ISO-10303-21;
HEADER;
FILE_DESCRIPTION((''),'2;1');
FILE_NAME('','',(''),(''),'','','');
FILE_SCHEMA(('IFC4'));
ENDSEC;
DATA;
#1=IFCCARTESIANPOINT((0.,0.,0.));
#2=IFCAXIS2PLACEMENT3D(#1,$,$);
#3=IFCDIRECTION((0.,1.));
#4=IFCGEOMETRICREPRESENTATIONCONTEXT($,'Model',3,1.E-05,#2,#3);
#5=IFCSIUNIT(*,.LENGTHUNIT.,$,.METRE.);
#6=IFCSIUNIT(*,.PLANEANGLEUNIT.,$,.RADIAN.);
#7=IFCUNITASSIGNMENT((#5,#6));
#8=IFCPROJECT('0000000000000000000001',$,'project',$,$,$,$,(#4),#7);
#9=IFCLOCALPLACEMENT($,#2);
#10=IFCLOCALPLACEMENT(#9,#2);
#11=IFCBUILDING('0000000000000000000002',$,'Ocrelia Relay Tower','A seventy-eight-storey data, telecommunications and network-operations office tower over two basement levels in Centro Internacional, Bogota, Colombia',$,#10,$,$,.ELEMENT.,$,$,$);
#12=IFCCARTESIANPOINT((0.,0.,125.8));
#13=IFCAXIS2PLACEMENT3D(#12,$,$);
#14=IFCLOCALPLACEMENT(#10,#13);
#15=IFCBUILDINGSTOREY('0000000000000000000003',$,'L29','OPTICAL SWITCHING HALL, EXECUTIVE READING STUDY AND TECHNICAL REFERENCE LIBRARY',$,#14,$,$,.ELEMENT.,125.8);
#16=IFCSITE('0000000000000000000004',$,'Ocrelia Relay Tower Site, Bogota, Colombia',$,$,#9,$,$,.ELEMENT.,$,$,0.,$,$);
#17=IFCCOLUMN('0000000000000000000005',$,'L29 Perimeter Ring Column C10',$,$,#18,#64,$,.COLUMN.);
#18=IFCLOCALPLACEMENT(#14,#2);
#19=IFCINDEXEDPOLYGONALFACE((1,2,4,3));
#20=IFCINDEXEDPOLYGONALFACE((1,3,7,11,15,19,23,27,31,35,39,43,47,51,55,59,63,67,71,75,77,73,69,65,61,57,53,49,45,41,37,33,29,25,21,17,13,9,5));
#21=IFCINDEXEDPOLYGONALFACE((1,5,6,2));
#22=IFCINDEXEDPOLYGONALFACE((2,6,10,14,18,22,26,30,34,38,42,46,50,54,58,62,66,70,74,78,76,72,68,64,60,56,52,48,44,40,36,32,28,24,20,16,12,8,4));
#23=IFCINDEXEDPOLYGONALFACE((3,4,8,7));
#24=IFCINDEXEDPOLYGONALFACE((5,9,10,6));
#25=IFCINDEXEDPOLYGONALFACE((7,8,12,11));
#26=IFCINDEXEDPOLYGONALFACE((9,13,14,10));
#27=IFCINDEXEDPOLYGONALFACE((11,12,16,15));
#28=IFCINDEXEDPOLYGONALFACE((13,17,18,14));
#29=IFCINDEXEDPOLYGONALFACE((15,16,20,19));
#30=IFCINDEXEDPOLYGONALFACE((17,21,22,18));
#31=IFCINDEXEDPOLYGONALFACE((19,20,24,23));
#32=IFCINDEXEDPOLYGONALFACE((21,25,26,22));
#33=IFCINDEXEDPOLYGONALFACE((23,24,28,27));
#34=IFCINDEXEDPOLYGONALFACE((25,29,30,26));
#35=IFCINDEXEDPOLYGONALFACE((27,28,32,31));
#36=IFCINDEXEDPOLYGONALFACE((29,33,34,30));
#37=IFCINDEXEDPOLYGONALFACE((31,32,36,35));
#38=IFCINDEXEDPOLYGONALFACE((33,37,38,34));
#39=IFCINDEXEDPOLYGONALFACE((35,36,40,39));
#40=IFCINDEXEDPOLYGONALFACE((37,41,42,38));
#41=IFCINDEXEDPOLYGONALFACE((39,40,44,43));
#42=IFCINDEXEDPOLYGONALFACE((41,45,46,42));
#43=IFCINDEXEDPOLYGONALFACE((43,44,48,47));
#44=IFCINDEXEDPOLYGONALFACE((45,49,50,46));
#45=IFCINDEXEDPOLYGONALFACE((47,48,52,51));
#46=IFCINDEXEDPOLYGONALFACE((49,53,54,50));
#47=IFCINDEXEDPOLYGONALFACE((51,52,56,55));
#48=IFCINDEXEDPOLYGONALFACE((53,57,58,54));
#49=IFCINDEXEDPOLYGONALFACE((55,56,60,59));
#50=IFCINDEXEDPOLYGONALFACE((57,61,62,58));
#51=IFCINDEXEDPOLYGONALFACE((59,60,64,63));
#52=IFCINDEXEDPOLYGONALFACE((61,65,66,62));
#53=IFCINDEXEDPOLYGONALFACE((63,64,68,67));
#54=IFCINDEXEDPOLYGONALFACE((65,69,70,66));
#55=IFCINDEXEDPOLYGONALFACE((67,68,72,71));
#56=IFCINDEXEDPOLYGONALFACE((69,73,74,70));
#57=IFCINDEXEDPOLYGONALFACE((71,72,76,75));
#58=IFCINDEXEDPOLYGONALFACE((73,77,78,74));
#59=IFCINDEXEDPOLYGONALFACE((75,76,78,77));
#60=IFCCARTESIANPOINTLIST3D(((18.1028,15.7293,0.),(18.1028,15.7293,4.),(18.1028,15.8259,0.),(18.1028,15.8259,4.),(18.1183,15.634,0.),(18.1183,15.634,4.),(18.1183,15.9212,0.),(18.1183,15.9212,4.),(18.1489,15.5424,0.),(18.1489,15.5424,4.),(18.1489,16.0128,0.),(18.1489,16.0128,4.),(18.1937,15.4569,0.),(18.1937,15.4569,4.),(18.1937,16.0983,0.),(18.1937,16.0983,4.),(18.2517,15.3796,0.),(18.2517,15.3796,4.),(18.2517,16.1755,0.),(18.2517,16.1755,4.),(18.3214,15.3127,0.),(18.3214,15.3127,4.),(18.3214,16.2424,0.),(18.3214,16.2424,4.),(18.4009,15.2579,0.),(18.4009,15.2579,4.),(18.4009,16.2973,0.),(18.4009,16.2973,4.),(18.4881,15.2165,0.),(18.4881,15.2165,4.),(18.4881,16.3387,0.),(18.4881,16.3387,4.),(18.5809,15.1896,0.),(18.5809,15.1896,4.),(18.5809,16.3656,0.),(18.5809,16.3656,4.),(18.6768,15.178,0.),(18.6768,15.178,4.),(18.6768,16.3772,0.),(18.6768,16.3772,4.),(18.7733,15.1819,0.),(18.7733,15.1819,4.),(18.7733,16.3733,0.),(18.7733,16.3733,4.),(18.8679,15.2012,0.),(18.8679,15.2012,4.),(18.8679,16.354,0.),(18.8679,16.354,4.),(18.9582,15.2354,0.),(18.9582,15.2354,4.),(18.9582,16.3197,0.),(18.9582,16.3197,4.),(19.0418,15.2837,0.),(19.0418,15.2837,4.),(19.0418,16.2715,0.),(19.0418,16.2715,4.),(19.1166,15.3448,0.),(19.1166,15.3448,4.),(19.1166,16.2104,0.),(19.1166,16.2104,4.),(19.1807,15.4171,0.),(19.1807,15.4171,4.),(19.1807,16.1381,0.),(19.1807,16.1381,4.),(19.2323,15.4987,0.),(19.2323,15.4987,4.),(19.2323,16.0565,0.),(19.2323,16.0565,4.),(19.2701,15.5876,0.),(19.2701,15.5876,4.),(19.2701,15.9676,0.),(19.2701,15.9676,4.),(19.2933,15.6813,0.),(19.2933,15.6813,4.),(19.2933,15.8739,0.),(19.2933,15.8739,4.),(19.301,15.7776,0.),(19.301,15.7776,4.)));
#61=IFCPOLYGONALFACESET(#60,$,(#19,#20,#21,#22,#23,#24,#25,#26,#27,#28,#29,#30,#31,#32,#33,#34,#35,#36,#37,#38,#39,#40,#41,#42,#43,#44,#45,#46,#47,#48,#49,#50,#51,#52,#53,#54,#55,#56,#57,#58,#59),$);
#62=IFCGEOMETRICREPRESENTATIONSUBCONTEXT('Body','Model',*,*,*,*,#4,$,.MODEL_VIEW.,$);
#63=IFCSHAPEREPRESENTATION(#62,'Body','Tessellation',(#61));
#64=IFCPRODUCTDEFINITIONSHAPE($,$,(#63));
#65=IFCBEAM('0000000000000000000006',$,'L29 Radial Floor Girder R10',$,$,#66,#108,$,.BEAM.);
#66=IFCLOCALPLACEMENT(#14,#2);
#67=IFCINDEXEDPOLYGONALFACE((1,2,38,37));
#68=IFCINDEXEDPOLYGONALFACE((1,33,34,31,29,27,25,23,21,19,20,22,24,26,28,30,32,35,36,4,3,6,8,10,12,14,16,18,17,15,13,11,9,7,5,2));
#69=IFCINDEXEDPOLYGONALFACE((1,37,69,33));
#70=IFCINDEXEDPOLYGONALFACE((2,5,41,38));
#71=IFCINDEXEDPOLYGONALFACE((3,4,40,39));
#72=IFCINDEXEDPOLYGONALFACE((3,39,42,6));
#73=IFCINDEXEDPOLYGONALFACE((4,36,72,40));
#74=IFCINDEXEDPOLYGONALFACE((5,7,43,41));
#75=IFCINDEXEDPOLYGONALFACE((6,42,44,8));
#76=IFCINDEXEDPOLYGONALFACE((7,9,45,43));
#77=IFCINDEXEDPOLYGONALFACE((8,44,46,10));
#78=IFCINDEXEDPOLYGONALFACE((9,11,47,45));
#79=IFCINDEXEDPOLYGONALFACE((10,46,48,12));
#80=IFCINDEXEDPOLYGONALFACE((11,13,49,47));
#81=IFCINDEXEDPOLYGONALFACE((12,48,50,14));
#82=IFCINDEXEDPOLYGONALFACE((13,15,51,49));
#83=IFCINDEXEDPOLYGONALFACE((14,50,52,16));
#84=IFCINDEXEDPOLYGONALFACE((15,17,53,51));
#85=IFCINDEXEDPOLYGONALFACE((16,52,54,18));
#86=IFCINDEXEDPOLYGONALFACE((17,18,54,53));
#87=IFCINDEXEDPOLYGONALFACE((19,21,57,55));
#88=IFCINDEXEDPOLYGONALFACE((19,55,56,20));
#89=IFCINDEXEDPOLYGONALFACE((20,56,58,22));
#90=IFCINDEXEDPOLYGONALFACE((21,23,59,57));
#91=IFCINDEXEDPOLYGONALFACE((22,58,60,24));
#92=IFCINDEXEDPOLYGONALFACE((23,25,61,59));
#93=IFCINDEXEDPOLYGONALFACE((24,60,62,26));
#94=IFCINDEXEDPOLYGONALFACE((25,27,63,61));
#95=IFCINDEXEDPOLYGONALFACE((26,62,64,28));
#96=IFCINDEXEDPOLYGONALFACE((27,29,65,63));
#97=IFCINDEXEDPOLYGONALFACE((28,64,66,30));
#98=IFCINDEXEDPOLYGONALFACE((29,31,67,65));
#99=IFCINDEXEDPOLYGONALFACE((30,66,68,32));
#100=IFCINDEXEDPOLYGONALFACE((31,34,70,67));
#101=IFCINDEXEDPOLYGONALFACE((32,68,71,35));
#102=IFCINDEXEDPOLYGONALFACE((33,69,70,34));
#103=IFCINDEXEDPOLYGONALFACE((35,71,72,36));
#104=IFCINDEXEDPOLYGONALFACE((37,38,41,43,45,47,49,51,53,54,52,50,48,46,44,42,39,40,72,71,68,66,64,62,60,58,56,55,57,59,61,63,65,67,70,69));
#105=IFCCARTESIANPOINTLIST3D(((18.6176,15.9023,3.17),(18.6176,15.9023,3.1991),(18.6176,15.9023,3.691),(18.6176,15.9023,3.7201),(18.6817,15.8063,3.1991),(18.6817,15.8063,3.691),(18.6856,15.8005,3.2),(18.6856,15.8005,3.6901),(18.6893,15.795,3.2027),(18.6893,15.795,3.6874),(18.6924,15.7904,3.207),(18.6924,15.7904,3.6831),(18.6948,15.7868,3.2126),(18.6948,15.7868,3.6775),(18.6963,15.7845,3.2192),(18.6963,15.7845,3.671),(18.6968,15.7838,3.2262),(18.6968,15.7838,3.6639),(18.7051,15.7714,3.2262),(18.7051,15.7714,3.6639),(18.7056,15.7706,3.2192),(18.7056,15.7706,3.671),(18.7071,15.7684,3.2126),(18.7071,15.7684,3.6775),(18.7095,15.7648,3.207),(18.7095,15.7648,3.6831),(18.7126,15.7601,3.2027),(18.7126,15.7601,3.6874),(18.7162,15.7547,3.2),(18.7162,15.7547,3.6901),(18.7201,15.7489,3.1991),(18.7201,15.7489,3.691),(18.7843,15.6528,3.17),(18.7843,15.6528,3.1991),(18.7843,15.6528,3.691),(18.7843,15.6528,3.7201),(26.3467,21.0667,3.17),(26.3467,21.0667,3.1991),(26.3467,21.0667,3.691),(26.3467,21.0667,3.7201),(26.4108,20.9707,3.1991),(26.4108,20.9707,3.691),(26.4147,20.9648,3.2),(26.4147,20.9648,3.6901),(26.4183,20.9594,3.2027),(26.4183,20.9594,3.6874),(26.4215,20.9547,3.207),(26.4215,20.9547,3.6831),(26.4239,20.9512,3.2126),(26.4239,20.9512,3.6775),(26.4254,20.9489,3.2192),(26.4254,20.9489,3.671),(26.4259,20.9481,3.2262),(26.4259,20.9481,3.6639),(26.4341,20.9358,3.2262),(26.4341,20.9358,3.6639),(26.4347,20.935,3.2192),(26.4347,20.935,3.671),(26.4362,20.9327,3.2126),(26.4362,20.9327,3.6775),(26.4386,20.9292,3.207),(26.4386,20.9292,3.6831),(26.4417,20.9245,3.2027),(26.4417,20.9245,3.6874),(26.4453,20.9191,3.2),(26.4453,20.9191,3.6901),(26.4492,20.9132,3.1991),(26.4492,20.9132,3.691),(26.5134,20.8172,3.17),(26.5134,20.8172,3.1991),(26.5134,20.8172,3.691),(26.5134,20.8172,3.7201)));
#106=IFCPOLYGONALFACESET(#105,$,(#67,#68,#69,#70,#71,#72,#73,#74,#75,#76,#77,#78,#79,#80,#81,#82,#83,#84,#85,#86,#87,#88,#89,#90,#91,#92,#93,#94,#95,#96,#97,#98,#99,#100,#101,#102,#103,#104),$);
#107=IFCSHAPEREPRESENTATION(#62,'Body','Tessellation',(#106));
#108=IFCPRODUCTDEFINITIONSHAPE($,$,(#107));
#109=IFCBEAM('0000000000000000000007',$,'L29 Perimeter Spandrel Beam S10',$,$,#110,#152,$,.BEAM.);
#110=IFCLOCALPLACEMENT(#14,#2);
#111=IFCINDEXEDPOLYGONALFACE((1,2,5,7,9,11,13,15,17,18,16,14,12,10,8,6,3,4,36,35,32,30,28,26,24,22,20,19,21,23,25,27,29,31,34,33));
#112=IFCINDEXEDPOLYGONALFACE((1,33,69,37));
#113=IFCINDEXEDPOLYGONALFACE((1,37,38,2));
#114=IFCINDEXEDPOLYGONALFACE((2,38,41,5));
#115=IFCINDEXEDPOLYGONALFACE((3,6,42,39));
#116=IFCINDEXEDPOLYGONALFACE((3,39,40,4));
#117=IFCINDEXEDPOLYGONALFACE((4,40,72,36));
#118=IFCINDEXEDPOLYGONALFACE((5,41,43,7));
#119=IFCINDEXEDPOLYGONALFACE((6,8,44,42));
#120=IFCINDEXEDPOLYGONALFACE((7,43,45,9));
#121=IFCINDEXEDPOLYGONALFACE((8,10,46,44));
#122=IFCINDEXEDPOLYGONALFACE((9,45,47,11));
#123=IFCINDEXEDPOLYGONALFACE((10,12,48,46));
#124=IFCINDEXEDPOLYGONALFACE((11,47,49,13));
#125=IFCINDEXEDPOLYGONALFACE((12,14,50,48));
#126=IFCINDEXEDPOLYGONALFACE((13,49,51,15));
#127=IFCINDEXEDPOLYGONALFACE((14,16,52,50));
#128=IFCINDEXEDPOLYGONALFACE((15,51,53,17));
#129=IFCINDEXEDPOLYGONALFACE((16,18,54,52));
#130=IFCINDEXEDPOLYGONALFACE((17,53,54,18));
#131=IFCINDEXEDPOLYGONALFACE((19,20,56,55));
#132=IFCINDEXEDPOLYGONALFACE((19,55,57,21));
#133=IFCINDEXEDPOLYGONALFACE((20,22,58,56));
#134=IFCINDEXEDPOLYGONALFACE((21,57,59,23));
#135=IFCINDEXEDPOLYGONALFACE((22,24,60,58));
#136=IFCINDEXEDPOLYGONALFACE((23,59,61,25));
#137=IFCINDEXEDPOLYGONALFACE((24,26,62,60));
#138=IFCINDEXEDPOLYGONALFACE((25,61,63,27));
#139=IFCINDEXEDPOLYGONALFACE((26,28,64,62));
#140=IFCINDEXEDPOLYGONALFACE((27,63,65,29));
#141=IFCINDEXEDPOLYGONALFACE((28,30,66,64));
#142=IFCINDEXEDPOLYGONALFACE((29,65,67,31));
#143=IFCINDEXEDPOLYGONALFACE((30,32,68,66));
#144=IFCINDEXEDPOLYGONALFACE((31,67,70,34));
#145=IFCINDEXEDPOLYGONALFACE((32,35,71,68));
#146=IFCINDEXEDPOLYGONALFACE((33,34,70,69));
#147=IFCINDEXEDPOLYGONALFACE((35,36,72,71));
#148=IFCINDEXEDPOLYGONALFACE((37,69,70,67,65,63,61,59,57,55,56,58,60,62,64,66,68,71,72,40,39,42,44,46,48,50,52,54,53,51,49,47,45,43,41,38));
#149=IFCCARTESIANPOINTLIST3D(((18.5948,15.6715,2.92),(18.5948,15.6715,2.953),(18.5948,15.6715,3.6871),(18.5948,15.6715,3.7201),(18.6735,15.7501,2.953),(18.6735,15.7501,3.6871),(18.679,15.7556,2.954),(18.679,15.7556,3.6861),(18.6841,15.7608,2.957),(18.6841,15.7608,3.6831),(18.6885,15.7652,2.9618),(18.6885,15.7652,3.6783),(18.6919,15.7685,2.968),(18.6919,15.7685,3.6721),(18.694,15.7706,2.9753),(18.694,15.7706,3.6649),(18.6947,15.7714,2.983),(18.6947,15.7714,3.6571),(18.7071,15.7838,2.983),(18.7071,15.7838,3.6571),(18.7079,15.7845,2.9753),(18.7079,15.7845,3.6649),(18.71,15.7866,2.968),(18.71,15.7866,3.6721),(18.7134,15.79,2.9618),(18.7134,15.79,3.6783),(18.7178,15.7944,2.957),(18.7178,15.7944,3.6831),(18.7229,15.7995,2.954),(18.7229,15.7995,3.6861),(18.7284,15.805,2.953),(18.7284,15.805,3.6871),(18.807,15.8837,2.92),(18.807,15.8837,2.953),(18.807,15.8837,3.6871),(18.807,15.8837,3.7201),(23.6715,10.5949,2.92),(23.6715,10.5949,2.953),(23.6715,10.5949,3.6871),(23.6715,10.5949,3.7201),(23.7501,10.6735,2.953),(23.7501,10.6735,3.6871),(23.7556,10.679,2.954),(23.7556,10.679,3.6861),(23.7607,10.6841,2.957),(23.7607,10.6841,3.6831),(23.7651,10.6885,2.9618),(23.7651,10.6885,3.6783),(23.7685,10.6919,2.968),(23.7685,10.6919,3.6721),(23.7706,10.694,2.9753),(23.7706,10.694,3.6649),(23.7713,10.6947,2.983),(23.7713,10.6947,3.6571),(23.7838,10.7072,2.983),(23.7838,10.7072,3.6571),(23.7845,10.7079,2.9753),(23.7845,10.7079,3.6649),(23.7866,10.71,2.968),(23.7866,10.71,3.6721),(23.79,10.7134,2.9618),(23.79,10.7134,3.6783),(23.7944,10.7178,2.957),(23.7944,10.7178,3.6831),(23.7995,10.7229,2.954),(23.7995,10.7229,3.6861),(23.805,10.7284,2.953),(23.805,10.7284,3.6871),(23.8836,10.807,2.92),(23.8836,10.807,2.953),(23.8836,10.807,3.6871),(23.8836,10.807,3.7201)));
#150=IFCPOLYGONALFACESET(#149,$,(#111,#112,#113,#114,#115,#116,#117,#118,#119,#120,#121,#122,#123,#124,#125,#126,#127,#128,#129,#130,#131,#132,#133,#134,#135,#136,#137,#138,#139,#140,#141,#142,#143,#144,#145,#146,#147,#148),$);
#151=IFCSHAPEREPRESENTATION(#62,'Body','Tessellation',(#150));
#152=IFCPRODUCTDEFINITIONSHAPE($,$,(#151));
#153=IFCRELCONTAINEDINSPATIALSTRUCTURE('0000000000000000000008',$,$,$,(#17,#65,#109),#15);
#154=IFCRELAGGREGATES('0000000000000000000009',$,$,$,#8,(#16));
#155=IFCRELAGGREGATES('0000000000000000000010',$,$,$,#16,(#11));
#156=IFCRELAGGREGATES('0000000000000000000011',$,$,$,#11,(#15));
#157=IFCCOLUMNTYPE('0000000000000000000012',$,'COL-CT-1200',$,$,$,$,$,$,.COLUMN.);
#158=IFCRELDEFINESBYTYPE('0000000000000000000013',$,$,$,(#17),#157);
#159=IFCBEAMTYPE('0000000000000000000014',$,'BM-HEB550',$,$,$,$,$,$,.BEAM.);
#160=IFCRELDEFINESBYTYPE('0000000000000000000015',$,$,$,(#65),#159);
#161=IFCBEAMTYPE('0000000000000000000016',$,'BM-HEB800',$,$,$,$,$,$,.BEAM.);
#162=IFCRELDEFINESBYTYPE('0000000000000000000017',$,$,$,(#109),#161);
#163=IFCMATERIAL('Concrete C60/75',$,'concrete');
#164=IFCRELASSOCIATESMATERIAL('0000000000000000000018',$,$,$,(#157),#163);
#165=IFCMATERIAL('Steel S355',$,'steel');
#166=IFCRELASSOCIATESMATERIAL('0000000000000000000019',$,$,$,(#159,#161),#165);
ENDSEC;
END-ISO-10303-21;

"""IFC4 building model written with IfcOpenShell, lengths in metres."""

from ifc_helpers import new_model, si_unit, direction, frame, origin, origin_2d, place, context, subcontext, project, spatial, circle, i_section, extrude, material, material_profile, profile_set, type_object, element, save


model = new_model("IFC4")

# Units and contexts
model_context = context("Model", 3, precision=1e-05, world=origin(), true_north=direction((0.0, 1.0)))
body_context = subcontext(model_context, "Body", "Model", "MODEL_VIEW")
ifc_project = project(units=[si_unit("LENGTHUNIT", "METRE"), si_unit("PLANEANGLEUNIT", "RADIAN")], contexts=[model_context])

# Site, building, storey
site_placement = place(None, origin())
site = spatial("IfcSite", under=ifc_project, at=site_placement, Name="Ocrelia Relay Tower Site, Bogota, Colombia", CompositionType="ELEMENT", RefElevation=0.0)
building_placement = place(site_placement, origin())
building = spatial("IfcBuilding", under=site, at=building_placement, Name="Ocrelia Relay Tower", Description="A seventy-eight-storey data, telecommunications and network-operations office tower over two basement levels in Centro Internacional, Bogota, Colombia", CompositionType="ELEMENT")
storey_placement = place(building_placement, frame((0.0, 0.0, 125.8)))
storey = spatial("IfcBuildingStorey", under=building, at=storey_placement, Name="L29", Description="OPTICAL SWITCHING HALL, EXECUTIVE READING STUDY AND TECHNICAL REFERENCE LIBRARY", CompositionType="ELEMENT", Elevation=125.8)

# Column
ifc_material_1 = material(Name="Concrete C60/75", Category="concrete")
ifc_material_profile_1 = material_profile(ifc_material_1, circle(Radius=0.6001, at=origin_2d()), Name="RC-CIR-1200")
ifc_profile_set_1 = profile_set([ifc_material_profile_1], Name="Concrete C60/75")
column_type = type_object("IfcColumnType", Name="COL-CT-1200", PredefinedType="COLUMN", material=ifc_profile_set_1)
column_placement = place(storey_placement, frame((18.7009, 15.7776, 0.0), z_axis=(0.0, 0.0, 1.0), x_axis=(1.0, 0.0, 0.0)))
element("IfcColumn", 1, at=column_placement, inside=storey, type_object=column_type, Name="L29 Perimeter Ring Column C10", PredefinedType="COLUMN", context=body_context, shape_type="SweptSolid", body=[
    extrude(circle(Radius=0.6001, at=origin_2d()), origin(), (0.0, 0.0, 1.0), 4.0),
])

# Beams
ifc_material_2 = material(Name="Steel S355", Category="steel")
ifc_material_profile_2 = material_profile(ifc_material_2, i_section(OverallWidth=0.3, OverallDepth=0.55, WebThickness=0.0149, FlangeThickness=0.0291, FilletRadius=0.0271, at=origin_2d()), Name="HEB 550")
ifc_profile_set_2 = profile_set([ifc_material_profile_2], Name="Steel S355")
beam_type_1 = type_object("IfcBeamType", Name="BM-HEB550", PredefinedType="BEAM", material=ifc_profile_set_2)
beam_1_placement = place(storey_placement, frame((18.7009, 15.7776, 3.4451), z_axis=(0.831472, 0.555567, 0.0), x_axis=(-0.555567, 0.831472, 0.0)))
element("IfcBeam", 2, at=beam_1_placement, inside=storey, type_object=beam_type_1, Name="L29 Radial Floor Girder R10", PredefinedType="BEAM", context=body_context, shape_type="SweptSolid", body=[
    extrude(i_section(OverallWidth=0.3, OverallDepth=0.55, WebThickness=0.0149, FlangeThickness=0.0291, FilletRadius=0.0271, at=origin_2d()), origin(), (0.0, 0.0, 1.0), 9.2957),
])
ifc_material_profile_3 = material_profile(ifc_material_2, i_section(OverallWidth=0.3, OverallDepth=0.8, WebThickness=0.0176, FlangeThickness=0.033, FilletRadius=0.03, at=origin_2d()), Name="HEB 800")
ifc_profile_set_3 = profile_set([ifc_material_profile_3], Name="Steel S355")
beam_type_2 = type_object("IfcBeamType", Name="BM-HEB800", PredefinedType="BEAM", material=ifc_profile_set_3)
beam_2_placement = place(storey_placement, frame((18.7009, 15.7776, 3.3201), z_axis=(0.707107, -0.707107, 0.0), x_axis=(0.707107, 0.707107, 0.0)))
element("IfcBeam", 3, at=beam_2_placement, inside=storey, type_object=beam_type_2, Name="L29 Perimeter Spandrel Beam S10", PredefinedType="BEAM", context=body_context, shape_type="SweptSolid", body=[
    extrude(i_section(OverallWidth=0.3, OverallDepth=0.8, WebThickness=0.0176, FlangeThickness=0.033, FilletRadius=0.03, at=origin_2d()), origin(), (0.0, 0.0, 1.0), 7.1794),
])

save(model, "model.ifc")
